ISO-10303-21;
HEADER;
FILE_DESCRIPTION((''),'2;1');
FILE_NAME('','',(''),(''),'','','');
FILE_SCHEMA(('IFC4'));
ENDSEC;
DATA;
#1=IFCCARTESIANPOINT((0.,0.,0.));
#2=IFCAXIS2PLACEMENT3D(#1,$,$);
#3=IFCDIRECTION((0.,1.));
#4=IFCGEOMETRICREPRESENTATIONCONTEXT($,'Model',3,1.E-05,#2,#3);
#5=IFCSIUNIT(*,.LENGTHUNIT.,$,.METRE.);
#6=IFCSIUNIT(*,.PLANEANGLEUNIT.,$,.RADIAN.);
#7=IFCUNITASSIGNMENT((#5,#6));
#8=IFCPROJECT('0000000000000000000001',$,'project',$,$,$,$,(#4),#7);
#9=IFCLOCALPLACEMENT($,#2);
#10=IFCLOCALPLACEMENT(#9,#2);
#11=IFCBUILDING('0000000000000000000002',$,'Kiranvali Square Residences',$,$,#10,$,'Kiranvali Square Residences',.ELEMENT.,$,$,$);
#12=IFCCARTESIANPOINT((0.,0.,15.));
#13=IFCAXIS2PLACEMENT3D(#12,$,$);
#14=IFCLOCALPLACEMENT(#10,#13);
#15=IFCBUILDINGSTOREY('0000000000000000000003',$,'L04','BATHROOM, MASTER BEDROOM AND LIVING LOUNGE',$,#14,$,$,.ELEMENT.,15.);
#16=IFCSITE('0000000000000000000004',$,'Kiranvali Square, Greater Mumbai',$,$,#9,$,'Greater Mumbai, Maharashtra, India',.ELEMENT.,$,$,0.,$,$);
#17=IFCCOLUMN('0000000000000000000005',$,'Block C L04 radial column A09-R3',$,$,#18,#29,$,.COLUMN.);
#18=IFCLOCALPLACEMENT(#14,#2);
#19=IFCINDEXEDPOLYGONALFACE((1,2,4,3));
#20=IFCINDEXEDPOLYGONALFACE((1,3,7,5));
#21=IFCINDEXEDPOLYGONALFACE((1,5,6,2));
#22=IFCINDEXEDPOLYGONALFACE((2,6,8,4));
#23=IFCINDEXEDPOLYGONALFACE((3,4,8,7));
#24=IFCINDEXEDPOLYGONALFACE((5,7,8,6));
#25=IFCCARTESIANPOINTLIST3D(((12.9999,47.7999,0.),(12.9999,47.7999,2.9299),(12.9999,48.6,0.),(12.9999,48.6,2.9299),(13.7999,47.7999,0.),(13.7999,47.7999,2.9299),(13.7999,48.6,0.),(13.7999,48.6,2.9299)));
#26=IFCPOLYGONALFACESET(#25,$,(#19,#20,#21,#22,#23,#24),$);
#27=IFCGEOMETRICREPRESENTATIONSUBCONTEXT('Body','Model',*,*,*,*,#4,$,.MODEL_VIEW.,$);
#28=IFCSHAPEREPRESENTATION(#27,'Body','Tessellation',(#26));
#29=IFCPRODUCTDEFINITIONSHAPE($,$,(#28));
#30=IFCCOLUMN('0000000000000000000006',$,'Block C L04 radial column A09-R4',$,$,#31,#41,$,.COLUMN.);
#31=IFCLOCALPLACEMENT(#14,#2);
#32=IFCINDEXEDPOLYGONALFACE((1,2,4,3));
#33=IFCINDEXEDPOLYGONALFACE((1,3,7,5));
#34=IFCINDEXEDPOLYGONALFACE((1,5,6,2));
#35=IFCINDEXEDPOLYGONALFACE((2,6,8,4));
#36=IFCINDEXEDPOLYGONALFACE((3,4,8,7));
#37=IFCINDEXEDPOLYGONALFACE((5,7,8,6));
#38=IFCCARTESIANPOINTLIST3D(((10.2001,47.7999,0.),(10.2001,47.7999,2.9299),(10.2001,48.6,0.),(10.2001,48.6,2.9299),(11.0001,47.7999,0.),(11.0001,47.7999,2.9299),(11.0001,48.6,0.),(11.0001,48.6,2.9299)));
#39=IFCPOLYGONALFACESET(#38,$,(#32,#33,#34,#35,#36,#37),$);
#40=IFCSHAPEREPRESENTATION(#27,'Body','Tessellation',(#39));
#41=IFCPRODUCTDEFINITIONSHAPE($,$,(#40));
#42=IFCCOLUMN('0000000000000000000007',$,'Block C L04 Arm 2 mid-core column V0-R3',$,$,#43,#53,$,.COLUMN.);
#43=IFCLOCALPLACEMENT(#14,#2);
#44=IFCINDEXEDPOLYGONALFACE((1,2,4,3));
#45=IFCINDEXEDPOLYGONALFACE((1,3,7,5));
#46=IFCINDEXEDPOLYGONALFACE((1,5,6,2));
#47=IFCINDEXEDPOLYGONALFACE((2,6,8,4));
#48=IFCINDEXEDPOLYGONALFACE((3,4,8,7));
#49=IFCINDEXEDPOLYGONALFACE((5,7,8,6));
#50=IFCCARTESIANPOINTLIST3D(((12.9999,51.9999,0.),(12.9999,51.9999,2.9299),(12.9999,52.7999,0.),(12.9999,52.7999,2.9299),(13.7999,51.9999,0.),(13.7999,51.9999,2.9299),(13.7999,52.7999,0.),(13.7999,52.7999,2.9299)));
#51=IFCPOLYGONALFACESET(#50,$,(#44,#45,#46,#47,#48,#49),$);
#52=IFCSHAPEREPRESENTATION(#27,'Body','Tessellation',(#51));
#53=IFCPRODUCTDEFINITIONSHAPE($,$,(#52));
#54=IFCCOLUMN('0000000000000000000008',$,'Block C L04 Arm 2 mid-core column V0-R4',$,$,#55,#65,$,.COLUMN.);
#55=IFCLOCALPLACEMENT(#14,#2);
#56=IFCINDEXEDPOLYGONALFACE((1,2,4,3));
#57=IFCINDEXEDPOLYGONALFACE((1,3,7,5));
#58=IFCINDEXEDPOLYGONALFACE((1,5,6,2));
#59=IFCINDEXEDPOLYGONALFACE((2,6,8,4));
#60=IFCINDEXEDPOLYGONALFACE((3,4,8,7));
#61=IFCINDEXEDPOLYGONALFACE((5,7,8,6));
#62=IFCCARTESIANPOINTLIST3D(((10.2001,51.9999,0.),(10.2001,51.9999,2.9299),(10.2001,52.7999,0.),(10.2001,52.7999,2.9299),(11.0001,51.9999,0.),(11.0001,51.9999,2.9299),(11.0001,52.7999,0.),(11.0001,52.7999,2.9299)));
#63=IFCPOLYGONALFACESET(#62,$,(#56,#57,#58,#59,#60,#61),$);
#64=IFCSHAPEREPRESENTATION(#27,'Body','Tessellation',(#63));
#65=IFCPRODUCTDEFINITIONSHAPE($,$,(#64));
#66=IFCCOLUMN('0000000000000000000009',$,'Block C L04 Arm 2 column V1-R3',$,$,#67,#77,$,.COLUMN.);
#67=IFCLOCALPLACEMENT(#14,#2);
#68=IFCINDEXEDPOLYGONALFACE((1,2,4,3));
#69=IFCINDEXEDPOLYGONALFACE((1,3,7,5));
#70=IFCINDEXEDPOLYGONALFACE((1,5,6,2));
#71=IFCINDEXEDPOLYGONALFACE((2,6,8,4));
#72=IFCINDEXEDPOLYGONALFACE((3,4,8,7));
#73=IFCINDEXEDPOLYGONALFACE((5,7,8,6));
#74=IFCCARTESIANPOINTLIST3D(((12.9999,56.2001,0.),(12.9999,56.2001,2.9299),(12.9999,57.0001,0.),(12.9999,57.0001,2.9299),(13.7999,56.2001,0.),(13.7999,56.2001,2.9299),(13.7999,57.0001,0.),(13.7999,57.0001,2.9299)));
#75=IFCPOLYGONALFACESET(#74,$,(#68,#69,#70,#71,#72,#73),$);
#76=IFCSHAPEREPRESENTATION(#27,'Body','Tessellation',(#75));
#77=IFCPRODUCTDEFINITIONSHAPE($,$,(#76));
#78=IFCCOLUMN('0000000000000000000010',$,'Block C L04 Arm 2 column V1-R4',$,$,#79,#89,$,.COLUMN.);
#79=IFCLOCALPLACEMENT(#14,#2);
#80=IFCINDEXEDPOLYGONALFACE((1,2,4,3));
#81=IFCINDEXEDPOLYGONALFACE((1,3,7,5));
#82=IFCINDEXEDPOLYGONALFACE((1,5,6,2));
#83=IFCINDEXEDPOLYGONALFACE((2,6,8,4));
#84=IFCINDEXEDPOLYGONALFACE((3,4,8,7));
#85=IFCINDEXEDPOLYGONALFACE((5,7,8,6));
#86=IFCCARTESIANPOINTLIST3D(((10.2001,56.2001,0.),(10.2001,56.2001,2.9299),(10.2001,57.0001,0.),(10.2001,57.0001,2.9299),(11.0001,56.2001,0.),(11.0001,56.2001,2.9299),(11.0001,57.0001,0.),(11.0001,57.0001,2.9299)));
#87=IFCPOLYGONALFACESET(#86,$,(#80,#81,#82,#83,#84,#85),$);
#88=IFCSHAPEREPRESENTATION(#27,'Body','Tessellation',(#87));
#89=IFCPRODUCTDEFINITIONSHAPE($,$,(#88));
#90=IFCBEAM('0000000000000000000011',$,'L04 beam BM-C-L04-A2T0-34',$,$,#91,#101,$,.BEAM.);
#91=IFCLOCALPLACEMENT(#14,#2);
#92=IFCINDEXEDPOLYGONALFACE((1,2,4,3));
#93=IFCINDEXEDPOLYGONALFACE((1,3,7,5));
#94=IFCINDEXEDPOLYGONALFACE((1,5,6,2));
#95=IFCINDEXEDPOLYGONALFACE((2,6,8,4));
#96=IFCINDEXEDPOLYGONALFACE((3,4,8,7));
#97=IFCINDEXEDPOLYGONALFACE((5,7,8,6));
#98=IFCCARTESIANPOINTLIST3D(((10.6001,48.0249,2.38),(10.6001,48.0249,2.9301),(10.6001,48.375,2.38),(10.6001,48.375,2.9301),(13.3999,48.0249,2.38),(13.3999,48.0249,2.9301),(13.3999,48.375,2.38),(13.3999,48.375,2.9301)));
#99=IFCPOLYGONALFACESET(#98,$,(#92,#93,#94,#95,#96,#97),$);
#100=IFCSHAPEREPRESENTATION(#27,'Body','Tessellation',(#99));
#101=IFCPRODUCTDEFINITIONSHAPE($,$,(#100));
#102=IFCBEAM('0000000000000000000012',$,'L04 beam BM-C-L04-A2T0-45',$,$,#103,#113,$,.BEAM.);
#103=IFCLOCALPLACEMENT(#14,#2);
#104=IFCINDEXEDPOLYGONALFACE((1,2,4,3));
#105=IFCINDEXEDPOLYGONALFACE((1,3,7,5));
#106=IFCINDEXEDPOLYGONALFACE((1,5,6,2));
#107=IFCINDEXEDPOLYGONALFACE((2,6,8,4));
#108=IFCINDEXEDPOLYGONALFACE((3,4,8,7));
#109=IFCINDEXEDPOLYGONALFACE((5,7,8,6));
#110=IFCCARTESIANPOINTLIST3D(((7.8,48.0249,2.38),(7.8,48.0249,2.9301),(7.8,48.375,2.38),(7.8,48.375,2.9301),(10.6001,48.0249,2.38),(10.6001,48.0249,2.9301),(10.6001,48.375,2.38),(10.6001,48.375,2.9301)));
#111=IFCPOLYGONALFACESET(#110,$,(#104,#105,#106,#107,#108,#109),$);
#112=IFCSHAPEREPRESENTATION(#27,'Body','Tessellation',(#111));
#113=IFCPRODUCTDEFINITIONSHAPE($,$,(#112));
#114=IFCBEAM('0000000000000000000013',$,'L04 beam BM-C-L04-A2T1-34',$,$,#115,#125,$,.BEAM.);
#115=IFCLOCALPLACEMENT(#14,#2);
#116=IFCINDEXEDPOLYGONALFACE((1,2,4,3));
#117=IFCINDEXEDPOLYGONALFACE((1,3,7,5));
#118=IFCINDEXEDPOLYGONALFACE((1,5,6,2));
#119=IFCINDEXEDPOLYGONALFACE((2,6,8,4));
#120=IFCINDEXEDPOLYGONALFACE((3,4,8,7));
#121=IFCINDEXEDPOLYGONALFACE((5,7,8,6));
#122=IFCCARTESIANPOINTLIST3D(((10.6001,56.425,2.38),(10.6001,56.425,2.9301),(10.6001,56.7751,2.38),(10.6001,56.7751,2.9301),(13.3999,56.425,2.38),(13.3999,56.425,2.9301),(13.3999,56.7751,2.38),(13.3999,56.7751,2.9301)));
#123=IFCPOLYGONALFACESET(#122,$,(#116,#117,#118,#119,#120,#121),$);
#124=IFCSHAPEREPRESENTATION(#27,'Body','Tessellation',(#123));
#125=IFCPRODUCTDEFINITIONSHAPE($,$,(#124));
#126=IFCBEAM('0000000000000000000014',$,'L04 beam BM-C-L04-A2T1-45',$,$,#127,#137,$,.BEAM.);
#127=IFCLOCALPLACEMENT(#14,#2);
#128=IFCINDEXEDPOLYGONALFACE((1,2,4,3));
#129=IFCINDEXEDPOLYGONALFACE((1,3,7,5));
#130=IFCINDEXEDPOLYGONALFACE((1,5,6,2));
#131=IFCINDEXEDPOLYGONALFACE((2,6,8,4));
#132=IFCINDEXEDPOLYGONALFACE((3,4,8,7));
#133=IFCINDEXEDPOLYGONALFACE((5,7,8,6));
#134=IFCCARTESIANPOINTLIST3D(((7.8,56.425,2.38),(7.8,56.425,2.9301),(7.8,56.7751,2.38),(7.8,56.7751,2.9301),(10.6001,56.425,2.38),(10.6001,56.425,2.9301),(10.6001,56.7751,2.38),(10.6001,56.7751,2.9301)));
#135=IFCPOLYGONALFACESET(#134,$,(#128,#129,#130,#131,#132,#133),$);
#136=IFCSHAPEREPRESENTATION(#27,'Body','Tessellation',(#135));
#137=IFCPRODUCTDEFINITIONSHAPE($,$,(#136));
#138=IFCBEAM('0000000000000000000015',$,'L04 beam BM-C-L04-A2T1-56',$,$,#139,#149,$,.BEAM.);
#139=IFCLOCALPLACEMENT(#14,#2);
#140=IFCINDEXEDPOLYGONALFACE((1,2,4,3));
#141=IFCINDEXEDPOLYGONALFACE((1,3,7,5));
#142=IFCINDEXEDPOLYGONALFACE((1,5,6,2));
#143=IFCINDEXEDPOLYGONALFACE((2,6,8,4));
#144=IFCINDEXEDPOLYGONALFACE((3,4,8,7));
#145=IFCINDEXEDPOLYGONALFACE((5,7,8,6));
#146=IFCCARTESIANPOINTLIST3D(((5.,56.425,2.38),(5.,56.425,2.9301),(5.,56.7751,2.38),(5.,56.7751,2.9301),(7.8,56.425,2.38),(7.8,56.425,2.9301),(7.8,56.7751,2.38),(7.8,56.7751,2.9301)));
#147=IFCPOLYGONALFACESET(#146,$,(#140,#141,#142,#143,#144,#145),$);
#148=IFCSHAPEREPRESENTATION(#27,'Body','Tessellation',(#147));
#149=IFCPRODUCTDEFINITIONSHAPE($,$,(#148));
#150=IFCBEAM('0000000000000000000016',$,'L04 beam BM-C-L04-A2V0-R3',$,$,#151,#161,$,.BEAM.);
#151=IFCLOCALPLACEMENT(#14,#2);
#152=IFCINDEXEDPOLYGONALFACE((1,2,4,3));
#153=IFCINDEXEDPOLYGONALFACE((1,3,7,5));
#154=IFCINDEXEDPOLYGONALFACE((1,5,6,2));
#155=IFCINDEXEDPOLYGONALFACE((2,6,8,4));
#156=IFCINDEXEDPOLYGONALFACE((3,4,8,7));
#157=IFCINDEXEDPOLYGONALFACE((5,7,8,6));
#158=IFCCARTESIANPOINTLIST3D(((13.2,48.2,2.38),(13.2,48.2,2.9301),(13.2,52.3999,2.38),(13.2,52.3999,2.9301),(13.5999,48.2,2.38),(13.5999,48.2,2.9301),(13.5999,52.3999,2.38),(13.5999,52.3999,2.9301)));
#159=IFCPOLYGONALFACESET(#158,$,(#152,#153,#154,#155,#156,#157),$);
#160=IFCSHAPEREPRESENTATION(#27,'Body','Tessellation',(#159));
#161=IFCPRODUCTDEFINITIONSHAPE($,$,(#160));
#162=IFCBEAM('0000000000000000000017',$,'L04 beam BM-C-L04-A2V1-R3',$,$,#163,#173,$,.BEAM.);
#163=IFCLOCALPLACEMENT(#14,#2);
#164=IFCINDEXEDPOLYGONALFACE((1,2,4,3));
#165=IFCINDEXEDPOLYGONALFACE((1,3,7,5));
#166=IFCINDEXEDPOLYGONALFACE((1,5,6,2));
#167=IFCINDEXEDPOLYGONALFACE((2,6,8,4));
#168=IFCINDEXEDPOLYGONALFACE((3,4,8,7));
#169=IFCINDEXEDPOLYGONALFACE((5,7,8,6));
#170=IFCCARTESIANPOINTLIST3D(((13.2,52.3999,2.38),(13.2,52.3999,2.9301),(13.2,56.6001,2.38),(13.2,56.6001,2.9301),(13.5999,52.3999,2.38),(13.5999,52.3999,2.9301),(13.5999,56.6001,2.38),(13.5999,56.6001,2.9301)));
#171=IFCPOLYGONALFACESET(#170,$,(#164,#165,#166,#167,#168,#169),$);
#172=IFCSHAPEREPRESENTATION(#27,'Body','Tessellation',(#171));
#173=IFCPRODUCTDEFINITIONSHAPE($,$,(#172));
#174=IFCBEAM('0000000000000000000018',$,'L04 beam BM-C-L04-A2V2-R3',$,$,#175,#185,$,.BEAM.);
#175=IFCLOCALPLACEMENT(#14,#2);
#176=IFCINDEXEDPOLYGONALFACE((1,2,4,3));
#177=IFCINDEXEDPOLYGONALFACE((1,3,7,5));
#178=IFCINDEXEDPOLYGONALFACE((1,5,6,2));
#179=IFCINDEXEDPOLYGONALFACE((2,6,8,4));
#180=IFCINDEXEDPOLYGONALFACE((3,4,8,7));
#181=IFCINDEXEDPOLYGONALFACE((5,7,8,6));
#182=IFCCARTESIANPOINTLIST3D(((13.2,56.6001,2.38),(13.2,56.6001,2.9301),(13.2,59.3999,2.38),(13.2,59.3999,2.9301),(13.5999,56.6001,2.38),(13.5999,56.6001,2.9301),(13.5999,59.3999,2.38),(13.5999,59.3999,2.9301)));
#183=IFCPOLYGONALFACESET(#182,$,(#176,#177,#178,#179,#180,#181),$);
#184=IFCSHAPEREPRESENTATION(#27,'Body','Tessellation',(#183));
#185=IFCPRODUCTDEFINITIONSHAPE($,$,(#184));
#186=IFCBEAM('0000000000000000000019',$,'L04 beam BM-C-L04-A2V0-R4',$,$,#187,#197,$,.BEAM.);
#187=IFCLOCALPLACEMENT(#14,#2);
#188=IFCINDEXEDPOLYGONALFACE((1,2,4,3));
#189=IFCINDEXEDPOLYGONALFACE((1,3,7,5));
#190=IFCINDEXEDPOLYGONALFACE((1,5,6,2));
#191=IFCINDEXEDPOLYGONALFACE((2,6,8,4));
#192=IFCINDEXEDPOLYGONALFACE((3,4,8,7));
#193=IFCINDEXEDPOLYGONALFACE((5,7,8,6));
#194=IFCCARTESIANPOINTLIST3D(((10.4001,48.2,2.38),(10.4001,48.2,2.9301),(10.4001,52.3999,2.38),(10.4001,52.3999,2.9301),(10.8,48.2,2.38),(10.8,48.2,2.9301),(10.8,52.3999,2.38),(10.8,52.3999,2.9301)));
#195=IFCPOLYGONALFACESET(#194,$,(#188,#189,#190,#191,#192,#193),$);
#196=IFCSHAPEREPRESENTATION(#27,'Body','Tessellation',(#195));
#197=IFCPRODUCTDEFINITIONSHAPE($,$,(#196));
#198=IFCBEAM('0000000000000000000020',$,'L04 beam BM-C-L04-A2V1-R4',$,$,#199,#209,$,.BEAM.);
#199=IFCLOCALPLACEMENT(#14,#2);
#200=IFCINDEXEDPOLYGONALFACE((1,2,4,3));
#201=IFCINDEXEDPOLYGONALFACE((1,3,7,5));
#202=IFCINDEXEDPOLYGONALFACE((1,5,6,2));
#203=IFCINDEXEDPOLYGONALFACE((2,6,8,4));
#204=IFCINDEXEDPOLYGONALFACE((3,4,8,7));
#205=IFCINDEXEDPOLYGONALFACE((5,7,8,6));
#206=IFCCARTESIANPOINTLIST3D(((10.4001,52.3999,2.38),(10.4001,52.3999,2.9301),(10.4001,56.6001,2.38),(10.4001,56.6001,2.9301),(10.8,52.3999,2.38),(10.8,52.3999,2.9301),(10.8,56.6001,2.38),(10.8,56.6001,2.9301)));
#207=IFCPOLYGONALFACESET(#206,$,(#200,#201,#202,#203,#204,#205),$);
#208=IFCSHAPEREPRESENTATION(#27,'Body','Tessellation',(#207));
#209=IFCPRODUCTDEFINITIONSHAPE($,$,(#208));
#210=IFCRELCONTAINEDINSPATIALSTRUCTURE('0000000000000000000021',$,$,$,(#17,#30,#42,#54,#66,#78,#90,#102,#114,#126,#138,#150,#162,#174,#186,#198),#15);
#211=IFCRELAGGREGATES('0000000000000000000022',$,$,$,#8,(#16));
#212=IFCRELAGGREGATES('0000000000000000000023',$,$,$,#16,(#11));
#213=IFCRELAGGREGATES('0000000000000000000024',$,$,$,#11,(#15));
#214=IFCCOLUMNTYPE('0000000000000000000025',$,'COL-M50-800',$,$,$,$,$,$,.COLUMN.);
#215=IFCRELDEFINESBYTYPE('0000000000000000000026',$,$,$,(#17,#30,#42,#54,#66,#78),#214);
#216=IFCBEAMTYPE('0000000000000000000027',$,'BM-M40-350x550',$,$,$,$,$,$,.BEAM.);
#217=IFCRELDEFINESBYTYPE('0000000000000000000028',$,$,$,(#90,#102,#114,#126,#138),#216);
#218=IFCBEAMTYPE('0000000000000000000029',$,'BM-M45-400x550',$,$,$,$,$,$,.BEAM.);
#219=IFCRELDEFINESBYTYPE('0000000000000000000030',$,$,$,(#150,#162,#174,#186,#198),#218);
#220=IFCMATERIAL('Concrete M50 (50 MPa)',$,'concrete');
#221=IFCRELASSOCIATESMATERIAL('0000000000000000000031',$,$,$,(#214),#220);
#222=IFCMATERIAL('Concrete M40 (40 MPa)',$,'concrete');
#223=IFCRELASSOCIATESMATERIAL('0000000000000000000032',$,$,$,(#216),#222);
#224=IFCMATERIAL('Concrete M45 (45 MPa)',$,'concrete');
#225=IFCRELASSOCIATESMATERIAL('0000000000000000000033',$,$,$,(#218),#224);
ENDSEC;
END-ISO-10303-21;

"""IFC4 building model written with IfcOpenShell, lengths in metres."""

from ifc_helpers import new_model, si_unit, direction, frame, origin, origin_2d, place, context, subcontext, project, spatial, rectangle, extrude, material, material_profile, profile_set, type_object, element, save


model = new_model("IFC4")

# Units and contexts
model_context = context("Model", 3, precision=1e-05, world=origin(), true_north=direction((0.0, 1.0)))
body_context = subcontext(model_context, "Body", "Model", "MODEL_VIEW")
ifc_project = project(units=[si_unit("LENGTHUNIT", "METRE"), si_unit("PLANEANGLEUNIT", "RADIAN")], contexts=[model_context])

# Site, building, storey
site_placement = place(None, origin())
site = spatial("IfcSite", under=ifc_project, at=site_placement, Name="Kiranvali Square, Greater Mumbai", LongName="Greater Mumbai, Maharashtra, India", CompositionType="ELEMENT", RefElevation=0.0)
building_placement = place(site_placement, origin())
building = spatial("IfcBuilding", under=site, at=building_placement, Name="Kiranvali Square Residences", LongName="Kiranvali Square Residences", CompositionType="ELEMENT")
storey_placement = place(building_placement, frame((0.0, 0.0, 15.0)))
storey = spatial("IfcBuildingStorey", under=building, at=storey_placement, Name="L04", Description="BATHROOM, MASTER BEDROOM AND LIVING LOUNGE", CompositionType="ELEMENT", Elevation=15.0)

# Columns
ifc_material_1 = material(Name="Concrete M50 (50 MPa)", Category="concrete")
ifc_material_profile_1 = material_profile(ifc_material_1, rectangle(XDim=0.8, YDim=0.8, at=origin_2d()), Name="RC 800x800")
ifc_profile_set_1 = profile_set([ifc_material_profile_1], Name="Concrete M50 (50 MPa)")
column_type = type_object("IfcColumnType", Name="COL-M50-800", PredefinedType="COLUMN", material=ifc_profile_set_1)
for number, where, z_axis, x_axis, name in (
    (1, (13.3999, 48.2, 0.0), (0.0, 0.0, 1.0), (0.0, 1.0, 0.0), "Block C L04 radial column A09-R3"),
    (2, (10.6001, 48.2, 0.0), (0.0, 0.0, 1.0), (0.0, 1.0, 0.0), "Block C L04 radial column A09-R4"),
    (3, (13.3999, 52.3999, 0.0), (0.0, 0.0, 1.0), (1.0, 0.0, 0.0), "Block C L04 Arm 2 mid-core column V0-R3"),
    (4, (10.6001, 52.3999, 0.0), (0.0, 0.0, 1.0), (1.0, 0.0, 0.0), "Block C L04 Arm 2 mid-core column V0-R4"),
    (5, (13.3999, 56.6001, 0.0), (0.0, 0.0, 1.0), (1.0, 0.0, 0.0), "Block C L04 Arm 2 column V1-R3"),
    (6, (10.6001, 56.6001, 0.0), (0.0, 0.0, 1.0), (1.0, 0.0, 0.0), "Block C L04 Arm 2 column V1-R4"),
):
    element("IfcColumn", number, at=place(storey_placement, frame(where, z_axis=z_axis, x_axis=x_axis)), inside=storey, type_object=column_type, Name=name, PredefinedType="COLUMN", context=body_context, shape_type="SweptSolid", body=[
        extrude(rectangle(XDim=0.8, YDim=0.8, at=origin_2d()), origin(), (0.0, 0.0, 1.0), 2.9299),
    ])

# Beams
ifc_material_2 = material(Name="Concrete M40 (40 MPa)", Category="concrete")
ifc_material_profile_2 = material_profile(ifc_material_2, rectangle(XDim=0.3501, YDim=0.55, at=origin_2d()), Name="RC 350x550")
ifc_profile_set_2 = profile_set([ifc_material_profile_2], Name="Concrete M40 (40 MPa)")
beam_type_1 = type_object("IfcBeamType", Name="BM-M40-350x550", PredefinedType="BEAM", material=ifc_profile_set_2)
beam_1_placement = place(storey_placement, frame((13.3999, 48.2, 2.655), z_axis=(-1.0, 0.0, 0.0), x_axis=(0.0, -1.0, 0.0)))
element("IfcBeam", 7, at=beam_1_placement, inside=storey, type_object=beam_type_1, Name="L04 beam BM-C-L04-A2T0-34", PredefinedType="BEAM", context=body_context, shape_type="SweptSolid", body=[
    extrude(rectangle(XDim=0.3501, YDim=0.55, at=origin_2d()), origin(), (0.0, 0.0, 1.0), 2.7998),
])
beam_2_placement = place(storey_placement, frame((10.6001, 48.2, 2.655), z_axis=(-1.0, 0.0, 0.0), x_axis=(0.0, -1.0, 0.0)))
element("IfcBeam", 8, at=beam_2_placement, inside=storey, type_object=beam_type_1, Name="L04 beam BM-C-L04-A2T0-45", PredefinedType="BEAM", context=body_context, shape_type="SweptSolid", body=[
    extrude(rectangle(XDim=0.3501, YDim=0.55, at=origin_2d()), origin(), (0.0, 0.0, 1.0), 2.8),
])
beam_3_placement = place(storey_placement, frame((13.3999, 56.6001, 2.655), z_axis=(-1.0, 0.0, 0.0), x_axis=(0.0, -1.0, 0.0)))
element("IfcBeam", 9, at=beam_3_placement, inside=storey, type_object=beam_type_1, Name="L04 beam BM-C-L04-A2T1-34", PredefinedType="BEAM", context=body_context, shape_type="SweptSolid", body=[
    extrude(rectangle(XDim=0.3501, YDim=0.55, at=origin_2d()), origin(), (0.0, 0.0, 1.0), 2.7998),
])
for number, where, z_axis, x_axis, name in (
    (10, (10.6001, 56.6001, 2.655), (-1.0, 0.0, 0.0), (0.0, -1.0, 0.0), "L04 beam BM-C-L04-A2T1-45"),
    (11, (7.8, 56.6001, 2.655), (-1.0, 0.0, 0.0), (0.0, -1.0, 0.0), "L04 beam BM-C-L04-A2T1-56"),
):
    element("IfcBeam", number, at=place(storey_placement, frame(where, z_axis=z_axis, x_axis=x_axis)), inside=storey, type_object=beam_type_1, Name=name, PredefinedType="BEAM", context=body_context, shape_type="SweptSolid", body=[
        extrude(rectangle(XDim=0.3501, YDim=0.55, at=origin_2d()), origin(), (0.0, 0.0, 1.0), 2.8),
    ])
ifc_material_3 = material(Name="Concrete M45 (45 MPa)", Category="concrete")
ifc_material_profile_3 = material_profile(ifc_material_3, rectangle(XDim=0.3999, YDim=0.55, at=origin_2d()), Name="RC 400x550")
ifc_profile_set_3 = profile_set([ifc_material_profile_3], Name="Concrete M45 (45 MPa)")
beam_type_2 = type_object("IfcBeamType", Name="BM-M45-400x550", PredefinedType="BEAM", material=ifc_profile_set_3)
beam_4_placement = place(storey_placement, frame((13.3999, 48.2, 2.655), z_axis=(0.0, 1.0, 0.0), x_axis=(-1.0, 0.0, 0.0)))
element("IfcBeam", 12, at=beam_4_placement, inside=storey, type_object=beam_type_2, Name="L04 beam BM-C-L04-A2V0-R3", PredefinedType="BEAM", context=body_context, shape_type="SweptSolid", body=[
    extrude(rectangle(XDim=0.3999, YDim=0.55, at=origin_2d()), origin(), (0.0, 0.0, 1.0), 4.2),
])
beam_5_placement = place(storey_placement, frame((13.3999, 52.3999, 2.655), z_axis=(0.0, 1.0, 0.0), x_axis=(-1.0, 0.0, 0.0)))
element("IfcBeam", 13, at=beam_5_placement, inside=storey, type_object=beam_type_2, Name="L04 beam BM-C-L04-A2V1-R3", PredefinedType="BEAM", context=body_context, shape_type="SweptSolid", body=[
    extrude(rectangle(XDim=0.3999, YDim=0.55, at=origin_2d()), origin(), (0.0, 0.0, 1.0), 4.2002),
])
beam_6_placement = place(storey_placement, frame((13.3999, 56.6001, 2.655), z_axis=(0.0, 1.0, 0.0), x_axis=(-1.0, 0.0, 0.0)))
element("IfcBeam", 14, at=beam_6_placement, inside=storey, type_object=beam_type_2, Name="L04 beam BM-C-L04-A2V2-R3", PredefinedType="BEAM", context=body_context, shape_type="SweptSolid", body=[
    extrude(rectangle(XDim=0.3999, YDim=0.55, at=origin_2d()), origin(), (0.0, 0.0, 1.0), 2.7998),
])
beam_7_placement = place(storey_placement, frame((10.6001, 48.2, 2.655), z_axis=(0.0, 1.0, 0.0), x_axis=(-1.0, 0.0, 0.0)))
element("IfcBeam", 15, at=beam_7_placement, inside=storey, type_object=beam_type_2, Name="L04 beam BM-C-L04-A2V0-R4", PredefinedType="BEAM", context=body_context, shape_type="SweptSolid", body=[
    extrude(rectangle(XDim=0.3999, YDim=0.55, at=origin_2d()), origin(), (0.0, 0.0, 1.0), 4.2),
])
beam_8_placement = place(storey_placement, frame((10.6001, 52.3999, 2.655), z_axis=(0.0, 1.0, 0.0), x_axis=(-1.0, 0.0, 0.0)))
element("IfcBeam", 16, at=beam_8_placement, inside=storey, type_object=beam_type_2, Name="L04 beam BM-C-L04-A2V1-R4", PredefinedType="BEAM", context=body_context, shape_type="SweptSolid", body=[
    extrude(rectangle(XDim=0.3999, YDim=0.55, at=origin_2d()), origin(), (0.0, 0.0, 1.0), 4.2002),
])

save(model, "model.ifc")
